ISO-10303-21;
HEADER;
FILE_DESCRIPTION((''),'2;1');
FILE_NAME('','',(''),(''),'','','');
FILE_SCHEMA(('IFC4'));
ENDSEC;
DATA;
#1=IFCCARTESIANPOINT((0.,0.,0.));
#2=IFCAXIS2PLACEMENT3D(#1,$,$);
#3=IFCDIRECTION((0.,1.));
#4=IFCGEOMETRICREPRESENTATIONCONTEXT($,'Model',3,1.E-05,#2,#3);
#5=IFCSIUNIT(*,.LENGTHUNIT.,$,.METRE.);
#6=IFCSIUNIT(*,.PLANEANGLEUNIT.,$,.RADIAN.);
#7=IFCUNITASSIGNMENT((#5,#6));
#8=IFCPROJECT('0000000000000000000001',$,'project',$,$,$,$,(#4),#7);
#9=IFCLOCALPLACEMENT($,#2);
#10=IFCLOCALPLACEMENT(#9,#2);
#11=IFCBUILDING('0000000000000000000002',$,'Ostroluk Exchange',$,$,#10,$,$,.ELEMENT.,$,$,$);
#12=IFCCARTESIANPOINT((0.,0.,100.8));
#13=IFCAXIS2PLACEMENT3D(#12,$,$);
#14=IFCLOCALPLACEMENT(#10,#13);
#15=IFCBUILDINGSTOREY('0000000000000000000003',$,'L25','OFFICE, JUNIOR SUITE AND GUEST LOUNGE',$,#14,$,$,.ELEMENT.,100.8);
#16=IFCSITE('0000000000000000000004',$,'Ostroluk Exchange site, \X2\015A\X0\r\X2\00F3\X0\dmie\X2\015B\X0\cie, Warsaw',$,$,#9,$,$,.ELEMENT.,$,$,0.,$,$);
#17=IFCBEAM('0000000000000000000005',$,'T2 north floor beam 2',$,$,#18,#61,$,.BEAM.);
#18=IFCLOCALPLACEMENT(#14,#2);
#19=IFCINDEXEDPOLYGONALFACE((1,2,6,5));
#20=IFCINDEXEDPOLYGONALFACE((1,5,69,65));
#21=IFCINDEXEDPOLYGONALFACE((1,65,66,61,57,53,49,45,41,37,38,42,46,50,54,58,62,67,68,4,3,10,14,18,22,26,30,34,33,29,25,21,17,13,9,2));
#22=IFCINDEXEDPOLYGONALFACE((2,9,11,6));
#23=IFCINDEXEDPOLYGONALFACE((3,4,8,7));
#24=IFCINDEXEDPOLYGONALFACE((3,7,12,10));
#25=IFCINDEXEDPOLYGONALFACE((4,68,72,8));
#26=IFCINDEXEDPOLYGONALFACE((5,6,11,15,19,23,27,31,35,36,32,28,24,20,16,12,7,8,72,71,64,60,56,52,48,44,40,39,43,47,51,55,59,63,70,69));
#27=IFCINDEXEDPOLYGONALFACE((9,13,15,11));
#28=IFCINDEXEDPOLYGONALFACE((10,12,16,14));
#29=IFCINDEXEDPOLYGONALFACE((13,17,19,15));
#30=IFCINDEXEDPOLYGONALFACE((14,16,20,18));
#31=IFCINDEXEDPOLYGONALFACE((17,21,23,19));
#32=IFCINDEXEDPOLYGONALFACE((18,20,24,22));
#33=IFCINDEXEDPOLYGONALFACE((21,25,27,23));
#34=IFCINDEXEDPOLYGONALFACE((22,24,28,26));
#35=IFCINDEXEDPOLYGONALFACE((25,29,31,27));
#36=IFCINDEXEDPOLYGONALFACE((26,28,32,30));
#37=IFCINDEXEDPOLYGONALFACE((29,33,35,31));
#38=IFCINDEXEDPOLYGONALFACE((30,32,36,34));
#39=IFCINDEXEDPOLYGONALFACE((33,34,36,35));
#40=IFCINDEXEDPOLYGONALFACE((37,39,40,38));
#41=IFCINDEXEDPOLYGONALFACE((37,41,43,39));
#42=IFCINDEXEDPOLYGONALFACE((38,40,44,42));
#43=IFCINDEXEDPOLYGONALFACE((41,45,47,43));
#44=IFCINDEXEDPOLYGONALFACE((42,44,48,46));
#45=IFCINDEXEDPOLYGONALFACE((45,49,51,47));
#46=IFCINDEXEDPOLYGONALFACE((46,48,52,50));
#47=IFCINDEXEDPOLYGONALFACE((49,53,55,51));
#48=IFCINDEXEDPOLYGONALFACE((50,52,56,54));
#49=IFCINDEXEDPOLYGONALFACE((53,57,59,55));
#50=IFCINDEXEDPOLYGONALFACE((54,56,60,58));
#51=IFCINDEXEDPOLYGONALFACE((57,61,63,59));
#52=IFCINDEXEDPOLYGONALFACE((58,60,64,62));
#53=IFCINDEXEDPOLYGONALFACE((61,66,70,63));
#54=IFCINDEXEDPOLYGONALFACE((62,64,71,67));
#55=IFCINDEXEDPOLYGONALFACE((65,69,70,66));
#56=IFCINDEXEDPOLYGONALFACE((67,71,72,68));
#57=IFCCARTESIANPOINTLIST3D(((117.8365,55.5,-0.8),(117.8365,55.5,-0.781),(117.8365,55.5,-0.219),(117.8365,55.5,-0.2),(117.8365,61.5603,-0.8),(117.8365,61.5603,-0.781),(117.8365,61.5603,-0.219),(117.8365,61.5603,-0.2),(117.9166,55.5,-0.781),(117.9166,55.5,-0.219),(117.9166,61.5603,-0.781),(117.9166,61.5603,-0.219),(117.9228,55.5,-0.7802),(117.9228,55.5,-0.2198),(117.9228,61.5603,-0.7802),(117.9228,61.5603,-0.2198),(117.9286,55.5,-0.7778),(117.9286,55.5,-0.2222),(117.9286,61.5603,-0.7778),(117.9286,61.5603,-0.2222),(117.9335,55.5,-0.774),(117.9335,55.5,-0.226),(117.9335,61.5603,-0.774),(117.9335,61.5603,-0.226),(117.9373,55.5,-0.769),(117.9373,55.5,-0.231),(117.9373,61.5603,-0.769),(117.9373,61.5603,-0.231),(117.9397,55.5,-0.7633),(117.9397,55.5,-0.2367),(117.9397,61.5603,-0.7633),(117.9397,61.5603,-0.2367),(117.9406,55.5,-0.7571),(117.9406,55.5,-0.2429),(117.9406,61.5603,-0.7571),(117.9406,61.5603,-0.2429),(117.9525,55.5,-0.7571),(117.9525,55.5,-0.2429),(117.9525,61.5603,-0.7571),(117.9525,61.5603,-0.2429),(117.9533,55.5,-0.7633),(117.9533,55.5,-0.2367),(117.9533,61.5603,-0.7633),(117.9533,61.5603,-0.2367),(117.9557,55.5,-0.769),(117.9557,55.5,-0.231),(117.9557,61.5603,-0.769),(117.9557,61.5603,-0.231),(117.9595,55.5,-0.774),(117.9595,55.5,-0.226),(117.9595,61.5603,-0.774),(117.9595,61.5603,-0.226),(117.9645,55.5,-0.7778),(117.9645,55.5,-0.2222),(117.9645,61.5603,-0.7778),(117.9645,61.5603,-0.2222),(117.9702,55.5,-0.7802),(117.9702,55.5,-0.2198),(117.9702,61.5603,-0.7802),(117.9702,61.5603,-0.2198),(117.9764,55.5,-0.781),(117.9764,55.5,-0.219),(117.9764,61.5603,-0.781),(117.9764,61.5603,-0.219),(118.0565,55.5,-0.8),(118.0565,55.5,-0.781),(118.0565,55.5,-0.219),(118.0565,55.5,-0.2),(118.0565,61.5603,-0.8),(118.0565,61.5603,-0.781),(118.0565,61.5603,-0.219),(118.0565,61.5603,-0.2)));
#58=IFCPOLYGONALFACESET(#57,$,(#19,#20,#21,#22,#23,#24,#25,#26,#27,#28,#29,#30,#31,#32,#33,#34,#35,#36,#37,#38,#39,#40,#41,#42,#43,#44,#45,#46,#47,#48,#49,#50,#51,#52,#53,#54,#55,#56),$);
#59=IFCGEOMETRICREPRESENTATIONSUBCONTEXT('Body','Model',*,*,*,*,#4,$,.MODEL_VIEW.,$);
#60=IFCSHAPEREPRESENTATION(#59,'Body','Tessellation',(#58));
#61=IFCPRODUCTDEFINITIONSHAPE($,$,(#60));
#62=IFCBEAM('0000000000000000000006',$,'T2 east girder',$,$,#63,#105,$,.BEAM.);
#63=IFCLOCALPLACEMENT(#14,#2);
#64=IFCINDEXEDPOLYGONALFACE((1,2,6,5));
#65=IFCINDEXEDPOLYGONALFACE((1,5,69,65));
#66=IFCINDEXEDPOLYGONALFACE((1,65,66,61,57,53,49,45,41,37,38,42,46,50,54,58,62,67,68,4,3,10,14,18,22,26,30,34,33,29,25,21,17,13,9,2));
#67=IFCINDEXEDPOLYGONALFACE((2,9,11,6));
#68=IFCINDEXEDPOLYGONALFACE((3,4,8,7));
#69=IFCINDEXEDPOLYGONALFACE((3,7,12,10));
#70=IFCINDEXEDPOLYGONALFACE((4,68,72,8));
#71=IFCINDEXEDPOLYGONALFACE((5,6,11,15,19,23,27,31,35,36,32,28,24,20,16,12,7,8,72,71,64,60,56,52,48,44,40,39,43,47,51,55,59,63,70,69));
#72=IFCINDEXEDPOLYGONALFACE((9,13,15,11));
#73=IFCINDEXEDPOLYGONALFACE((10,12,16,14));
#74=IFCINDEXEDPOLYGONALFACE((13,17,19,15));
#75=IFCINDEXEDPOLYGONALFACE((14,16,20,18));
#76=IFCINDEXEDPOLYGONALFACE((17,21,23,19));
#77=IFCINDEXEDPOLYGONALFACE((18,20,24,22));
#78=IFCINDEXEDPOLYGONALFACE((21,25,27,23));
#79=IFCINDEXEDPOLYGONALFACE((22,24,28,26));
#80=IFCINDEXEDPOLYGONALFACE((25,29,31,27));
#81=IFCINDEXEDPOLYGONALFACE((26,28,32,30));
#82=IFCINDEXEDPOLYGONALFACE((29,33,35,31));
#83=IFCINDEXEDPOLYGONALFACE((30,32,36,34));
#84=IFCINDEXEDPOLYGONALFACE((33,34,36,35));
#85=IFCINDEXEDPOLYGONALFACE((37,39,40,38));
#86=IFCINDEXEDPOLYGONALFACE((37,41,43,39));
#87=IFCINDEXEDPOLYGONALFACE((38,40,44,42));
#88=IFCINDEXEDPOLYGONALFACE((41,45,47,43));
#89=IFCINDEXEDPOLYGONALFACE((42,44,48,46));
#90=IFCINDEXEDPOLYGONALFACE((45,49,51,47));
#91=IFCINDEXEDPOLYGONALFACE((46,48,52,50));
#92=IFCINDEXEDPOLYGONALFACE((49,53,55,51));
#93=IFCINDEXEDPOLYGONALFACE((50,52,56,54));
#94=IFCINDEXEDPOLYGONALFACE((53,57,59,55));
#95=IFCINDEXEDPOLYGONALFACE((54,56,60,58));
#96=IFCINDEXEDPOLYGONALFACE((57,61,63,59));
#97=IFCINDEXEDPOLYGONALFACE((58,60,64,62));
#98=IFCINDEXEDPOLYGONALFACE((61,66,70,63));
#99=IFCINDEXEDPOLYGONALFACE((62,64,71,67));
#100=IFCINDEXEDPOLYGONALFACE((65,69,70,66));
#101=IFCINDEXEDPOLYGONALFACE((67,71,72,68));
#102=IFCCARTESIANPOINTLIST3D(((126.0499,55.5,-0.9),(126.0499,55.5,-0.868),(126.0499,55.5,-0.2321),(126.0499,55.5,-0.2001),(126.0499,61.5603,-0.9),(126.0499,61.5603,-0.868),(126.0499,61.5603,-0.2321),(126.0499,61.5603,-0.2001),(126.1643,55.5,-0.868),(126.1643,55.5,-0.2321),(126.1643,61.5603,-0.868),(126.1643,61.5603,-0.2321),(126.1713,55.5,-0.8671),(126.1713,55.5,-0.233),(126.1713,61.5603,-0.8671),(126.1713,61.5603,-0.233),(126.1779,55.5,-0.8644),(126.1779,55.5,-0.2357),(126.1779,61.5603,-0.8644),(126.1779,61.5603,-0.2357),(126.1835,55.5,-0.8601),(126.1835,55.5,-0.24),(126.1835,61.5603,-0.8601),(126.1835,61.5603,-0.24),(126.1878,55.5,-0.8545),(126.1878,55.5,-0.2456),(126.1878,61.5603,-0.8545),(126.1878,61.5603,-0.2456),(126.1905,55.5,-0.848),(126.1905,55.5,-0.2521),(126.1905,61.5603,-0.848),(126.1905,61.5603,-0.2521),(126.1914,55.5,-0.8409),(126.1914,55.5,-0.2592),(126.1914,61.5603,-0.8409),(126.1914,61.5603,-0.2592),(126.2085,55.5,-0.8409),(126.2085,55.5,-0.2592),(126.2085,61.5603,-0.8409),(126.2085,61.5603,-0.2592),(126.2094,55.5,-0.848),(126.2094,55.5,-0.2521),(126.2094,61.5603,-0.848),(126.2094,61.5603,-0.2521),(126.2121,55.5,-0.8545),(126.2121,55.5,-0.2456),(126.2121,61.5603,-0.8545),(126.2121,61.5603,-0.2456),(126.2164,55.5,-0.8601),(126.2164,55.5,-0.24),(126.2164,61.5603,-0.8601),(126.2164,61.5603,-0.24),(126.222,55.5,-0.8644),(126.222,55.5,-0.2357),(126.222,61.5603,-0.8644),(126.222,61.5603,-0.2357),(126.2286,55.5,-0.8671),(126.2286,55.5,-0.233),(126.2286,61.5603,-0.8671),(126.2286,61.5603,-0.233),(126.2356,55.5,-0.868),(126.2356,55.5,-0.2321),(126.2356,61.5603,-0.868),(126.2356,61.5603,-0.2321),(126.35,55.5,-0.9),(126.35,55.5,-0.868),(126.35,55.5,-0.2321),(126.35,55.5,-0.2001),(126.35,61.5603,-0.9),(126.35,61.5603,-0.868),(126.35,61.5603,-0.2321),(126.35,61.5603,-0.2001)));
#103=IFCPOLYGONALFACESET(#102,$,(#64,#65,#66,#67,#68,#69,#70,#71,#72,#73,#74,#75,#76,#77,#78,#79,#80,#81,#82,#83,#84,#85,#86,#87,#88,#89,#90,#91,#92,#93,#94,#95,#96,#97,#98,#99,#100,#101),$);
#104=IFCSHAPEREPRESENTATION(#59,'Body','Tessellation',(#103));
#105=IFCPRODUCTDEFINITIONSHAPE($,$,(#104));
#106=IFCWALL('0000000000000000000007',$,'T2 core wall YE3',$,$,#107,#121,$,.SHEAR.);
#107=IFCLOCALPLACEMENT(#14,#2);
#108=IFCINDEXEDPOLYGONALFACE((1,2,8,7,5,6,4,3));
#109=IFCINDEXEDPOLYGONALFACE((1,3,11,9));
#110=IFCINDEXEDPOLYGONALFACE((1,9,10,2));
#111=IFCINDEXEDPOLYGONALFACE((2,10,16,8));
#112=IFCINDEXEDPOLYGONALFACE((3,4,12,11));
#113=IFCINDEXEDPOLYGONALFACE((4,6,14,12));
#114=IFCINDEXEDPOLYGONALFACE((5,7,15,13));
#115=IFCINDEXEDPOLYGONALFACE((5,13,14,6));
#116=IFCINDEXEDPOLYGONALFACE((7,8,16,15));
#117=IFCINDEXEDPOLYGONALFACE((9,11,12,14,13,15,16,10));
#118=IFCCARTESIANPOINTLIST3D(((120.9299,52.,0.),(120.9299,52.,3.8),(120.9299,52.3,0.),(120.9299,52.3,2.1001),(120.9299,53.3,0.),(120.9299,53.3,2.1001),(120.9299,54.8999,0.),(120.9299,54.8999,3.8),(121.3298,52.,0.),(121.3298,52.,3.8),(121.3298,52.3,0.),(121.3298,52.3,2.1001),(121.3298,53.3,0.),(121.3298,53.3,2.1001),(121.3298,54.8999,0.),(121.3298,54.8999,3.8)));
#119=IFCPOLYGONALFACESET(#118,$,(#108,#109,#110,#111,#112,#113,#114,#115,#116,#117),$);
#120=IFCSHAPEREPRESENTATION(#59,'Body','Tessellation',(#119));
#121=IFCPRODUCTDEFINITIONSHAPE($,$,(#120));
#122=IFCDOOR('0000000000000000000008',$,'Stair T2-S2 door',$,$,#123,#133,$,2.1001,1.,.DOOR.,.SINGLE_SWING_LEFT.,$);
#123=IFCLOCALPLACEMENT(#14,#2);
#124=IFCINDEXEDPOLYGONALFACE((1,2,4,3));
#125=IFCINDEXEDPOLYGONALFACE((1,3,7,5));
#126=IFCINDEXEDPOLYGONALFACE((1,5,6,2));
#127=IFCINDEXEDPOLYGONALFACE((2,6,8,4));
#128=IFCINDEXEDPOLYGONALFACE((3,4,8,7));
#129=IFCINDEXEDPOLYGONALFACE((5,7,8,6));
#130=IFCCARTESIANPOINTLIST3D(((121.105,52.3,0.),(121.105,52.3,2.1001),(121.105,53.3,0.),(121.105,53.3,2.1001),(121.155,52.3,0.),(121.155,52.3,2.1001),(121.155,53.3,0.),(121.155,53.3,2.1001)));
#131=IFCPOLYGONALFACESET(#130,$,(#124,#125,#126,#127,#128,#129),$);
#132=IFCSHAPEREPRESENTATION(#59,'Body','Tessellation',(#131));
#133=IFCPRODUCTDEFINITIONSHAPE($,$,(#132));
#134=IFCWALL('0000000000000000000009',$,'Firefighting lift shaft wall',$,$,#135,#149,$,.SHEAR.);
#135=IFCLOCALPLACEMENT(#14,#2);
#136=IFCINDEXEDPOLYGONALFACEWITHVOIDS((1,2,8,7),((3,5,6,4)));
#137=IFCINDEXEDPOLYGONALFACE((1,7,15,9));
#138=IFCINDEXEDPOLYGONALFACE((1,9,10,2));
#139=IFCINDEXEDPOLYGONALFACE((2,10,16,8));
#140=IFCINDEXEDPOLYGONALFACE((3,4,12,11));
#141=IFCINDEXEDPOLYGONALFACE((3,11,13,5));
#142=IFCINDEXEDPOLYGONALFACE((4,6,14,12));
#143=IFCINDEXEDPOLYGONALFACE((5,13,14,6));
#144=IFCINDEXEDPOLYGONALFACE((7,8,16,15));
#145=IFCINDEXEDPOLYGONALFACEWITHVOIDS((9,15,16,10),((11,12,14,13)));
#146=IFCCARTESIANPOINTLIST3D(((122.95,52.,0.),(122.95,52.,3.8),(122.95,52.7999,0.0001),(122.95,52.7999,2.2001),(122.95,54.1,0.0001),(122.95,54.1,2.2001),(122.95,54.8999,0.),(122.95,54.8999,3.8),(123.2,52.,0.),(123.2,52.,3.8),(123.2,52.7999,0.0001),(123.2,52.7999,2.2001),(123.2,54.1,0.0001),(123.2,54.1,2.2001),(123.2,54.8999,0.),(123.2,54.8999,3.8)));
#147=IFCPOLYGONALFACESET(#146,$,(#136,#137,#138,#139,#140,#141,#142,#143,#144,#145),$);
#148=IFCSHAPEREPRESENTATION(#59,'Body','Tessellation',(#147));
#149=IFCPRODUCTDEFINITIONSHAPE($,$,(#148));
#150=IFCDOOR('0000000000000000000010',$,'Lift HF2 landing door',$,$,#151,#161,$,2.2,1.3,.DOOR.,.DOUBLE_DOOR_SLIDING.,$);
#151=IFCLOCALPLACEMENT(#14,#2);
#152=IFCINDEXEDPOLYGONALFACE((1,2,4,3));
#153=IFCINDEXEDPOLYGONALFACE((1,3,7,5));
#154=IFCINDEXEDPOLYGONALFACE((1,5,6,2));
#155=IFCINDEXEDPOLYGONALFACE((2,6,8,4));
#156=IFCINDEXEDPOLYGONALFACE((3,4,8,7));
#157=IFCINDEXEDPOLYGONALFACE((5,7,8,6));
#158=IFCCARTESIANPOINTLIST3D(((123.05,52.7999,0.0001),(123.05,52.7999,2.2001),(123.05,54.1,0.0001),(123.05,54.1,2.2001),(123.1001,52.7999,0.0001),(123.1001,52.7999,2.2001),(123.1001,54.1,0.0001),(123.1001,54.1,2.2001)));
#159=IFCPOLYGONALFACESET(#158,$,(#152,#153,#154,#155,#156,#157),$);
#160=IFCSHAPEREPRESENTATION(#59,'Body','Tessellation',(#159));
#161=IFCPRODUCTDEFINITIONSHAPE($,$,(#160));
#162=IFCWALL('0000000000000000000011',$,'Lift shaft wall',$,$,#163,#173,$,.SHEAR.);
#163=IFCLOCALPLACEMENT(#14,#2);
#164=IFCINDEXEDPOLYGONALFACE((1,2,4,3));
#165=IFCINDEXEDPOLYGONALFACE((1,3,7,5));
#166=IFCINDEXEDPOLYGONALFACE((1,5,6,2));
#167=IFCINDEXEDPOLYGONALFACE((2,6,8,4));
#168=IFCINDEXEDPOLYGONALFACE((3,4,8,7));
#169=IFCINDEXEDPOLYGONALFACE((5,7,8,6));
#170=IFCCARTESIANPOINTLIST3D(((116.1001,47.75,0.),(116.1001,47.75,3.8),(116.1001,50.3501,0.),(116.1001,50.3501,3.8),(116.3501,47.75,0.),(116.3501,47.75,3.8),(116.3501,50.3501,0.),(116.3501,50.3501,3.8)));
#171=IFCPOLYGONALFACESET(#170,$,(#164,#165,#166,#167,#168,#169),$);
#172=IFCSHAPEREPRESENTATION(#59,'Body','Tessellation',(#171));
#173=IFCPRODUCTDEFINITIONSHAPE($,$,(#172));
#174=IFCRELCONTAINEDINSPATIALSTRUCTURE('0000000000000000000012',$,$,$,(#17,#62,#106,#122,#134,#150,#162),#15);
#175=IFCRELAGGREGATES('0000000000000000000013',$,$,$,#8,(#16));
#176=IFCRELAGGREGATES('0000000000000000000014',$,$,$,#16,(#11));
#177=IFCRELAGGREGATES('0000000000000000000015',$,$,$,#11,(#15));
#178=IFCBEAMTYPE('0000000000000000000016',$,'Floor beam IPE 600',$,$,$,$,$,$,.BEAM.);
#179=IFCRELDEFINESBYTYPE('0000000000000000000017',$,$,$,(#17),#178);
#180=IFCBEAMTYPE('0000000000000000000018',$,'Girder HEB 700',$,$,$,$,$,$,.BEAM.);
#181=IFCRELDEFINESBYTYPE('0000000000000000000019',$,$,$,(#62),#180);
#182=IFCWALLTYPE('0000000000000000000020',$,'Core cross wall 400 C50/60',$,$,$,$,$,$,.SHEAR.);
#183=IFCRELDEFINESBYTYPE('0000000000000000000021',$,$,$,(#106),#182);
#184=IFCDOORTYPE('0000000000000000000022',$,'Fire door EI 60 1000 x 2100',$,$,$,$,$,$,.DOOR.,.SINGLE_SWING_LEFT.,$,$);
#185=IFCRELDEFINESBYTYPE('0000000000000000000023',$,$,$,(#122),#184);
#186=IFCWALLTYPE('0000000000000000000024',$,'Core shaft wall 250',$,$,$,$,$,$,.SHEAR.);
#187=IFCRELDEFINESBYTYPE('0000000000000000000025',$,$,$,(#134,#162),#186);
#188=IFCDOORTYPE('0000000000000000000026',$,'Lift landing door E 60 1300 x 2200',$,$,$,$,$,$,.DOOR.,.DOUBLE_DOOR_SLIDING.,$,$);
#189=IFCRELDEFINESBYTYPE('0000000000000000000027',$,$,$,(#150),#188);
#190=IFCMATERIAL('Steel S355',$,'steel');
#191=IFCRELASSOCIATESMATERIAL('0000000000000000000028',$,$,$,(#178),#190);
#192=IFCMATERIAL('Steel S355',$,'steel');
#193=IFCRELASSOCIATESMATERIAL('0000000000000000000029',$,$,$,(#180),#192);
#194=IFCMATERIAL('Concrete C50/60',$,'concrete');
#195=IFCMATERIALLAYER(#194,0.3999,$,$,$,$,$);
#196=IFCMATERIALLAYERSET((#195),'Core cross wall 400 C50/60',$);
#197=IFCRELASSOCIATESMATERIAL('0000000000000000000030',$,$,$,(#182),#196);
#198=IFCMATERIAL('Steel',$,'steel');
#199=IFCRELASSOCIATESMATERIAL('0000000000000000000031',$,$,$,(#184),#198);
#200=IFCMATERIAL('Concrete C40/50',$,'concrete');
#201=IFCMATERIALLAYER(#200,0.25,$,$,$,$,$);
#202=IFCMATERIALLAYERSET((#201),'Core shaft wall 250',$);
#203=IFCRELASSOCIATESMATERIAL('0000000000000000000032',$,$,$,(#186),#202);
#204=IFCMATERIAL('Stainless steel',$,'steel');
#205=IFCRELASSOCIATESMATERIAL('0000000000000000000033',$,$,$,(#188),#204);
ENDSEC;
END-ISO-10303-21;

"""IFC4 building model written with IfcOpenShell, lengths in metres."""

from ifc_helpers import new_model, si_unit, direction, frame, frame_2d, origin, origin_2d, place, context, subcontext, project, spatial, rectangle, i_section, extrude, material, layer, layer_set, material_profile, profile_set, type_object, element, fill, save


model = new_model("IFC4")

# Units and contexts
model_context = context("Model", 3, precision=1e-05, world=origin(), true_north=direction((0.0, 1.0)))
body_context = subcontext(model_context, "Body", "Model", "MODEL_VIEW")
ifc_project = project(units=[si_unit("LENGTHUNIT", "METRE"), si_unit("PLANEANGLEUNIT", "RADIAN")], contexts=[model_context])

# Site, building, storey
site_placement = place(None, origin())
site = spatial("IfcSite", under=ifc_project, at=site_placement, Name="Ostroluk Exchange site, Śródmieście, Warsaw", CompositionType="ELEMENT", RefElevation=0.0)
building_placement = place(site_placement, origin())
building = spatial("IfcBuilding", under=site, at=building_placement, Name="Ostroluk Exchange", CompositionType="ELEMENT")
storey_placement = place(building_placement, frame((0.0, 0.0, 100.8)))
storey = spatial("IfcBuildingStorey", under=building, at=storey_placement, Name="L25", Description="OFFICE, JUNIOR SUITE AND GUEST LOUNGE", CompositionType="ELEMENT", Elevation=100.8)

# Beams
ifc_material_1 = material(Name="Steel S355", Category="steel")
ifc_material_profile_1 = material_profile(ifc_material_1, i_section(OverallWidth=0.22, OverallDepth=0.6001, WebThickness=0.012, FlangeThickness=0.019, FilletRadius=0.0239, at=origin_2d()), Name="IPE 600")
ifc_profile_set_1 = profile_set([ifc_material_profile_1], Name="Steel S355")
beam_type_1 = type_object("IfcBeamType", Name="Floor beam IPE 600", PredefinedType="BEAM", material=ifc_profile_set_1)
for number, where, z_axis, x_axis, name in (
    (1, (117.9465, 55.5, -0.5), (0.0, 1.0, 0.0), (-1.0, 0.0, 0.0), "T2 north floor beam 2"),
):
    element("IfcBeam", number, at=place(storey_placement, frame(where, z_axis=z_axis, x_axis=x_axis)), inside=storey, type_object=beam_type_1, Name=name, PredefinedType="BEAM", context=body_context, shape_type="SweptSolid", body=[
        extrude(i_section(OverallWidth=0.22, OverallDepth=0.6001, WebThickness=0.012, FlangeThickness=0.019, FilletRadius=0.0239, at=origin_2d()), origin(), (0.0, 0.0, 1.0), 6.0603),
    ])
ifc_material_2 = material(Name="Steel S355", Category="steel")
ifc_material_profile_2 = material_profile(ifc_material_2, i_section(OverallWidth=0.3, OverallDepth=0.7, WebThickness=0.0171, FlangeThickness=0.032, FilletRadius=0.0271, at=origin_2d()), Name="HEB 700")
ifc_profile_set_2 = profile_set([ifc_material_profile_2], Name="Steel S355")
beam_type_2 = type_object("IfcBeamType", Name="Girder HEB 700", PredefinedType="BEAM", material=ifc_profile_set_2)
beam_1_placement = place(storey_placement, frame((126.2, 55.5, -0.55), z_axis=(0.0, 1.0, 0.0), x_axis=(-1.0, 0.0, 0.0)))
element("IfcBeam", 2, at=beam_1_placement, inside=storey, type_object=beam_type_2, Name="T2 east girder", PredefinedType="BEAM", context=body_context, shape_type="SweptSolid", body=[
    extrude(i_section(OverallWidth=0.3, OverallDepth=0.7, WebThickness=0.0171, FlangeThickness=0.032, FilletRadius=0.0271, at=origin_2d()), origin(), (0.0, 0.0, 1.0), 6.0603),
])

# Walls, openings, doors
ifc_material_3 = material(Name="Concrete C50/60", Category="concrete")
ifc_layer_1 = layer(ifc_material_3, 0.3999)
ifc_layer_set_1 = layer_set([ifc_layer_1], Name="Core cross wall 400 C50/60")
wall_type_1 = type_object("IfcWallType", Name="Core cross wall 400 C50/60", PredefinedType="SHEAR", material=ifc_layer_set_1)
wall_1_placement = place(storey_placement, frame((121.1299, 52.0, 0.0), z_axis=(0.0, 0.0, 1.0), x_axis=(0.0, 1.0, 0.0)))
wall_1 = element("IfcWall", 3, at=wall_1_placement, inside=storey, type_object=wall_type_1, Name="T2 core wall YE3", PredefinedType="SHEAR", context=body_context, shape_type="SweptSolid", body=[
    extrude(rectangle(XDim=2.8999, YDim=0.3999, at=frame_2d((1.45, 0.0))), origin(), (0.0, 0.0, 1.0), 3.8),
])
opening_1_placement = place(wall_1_placement, frame((0.3, 0.0, 0.0)))
opening_1 = element("IfcOpeningElement", 4, at=opening_1_placement, cuts=wall_1, PredefinedType="OPENING", context=body_context, shape_type="SweptSolid", body=[
    extrude(rectangle(XDim=1.0, YDim=2.1001, at=frame_2d((0.5, 1.05))), frame((0.0, 0.21, 0.0), z_axis=(0.0, -1.0, 0.0), x_axis=(1.0, 0.0, 0.0)), (0.0, 0.0, 1.0), 0.4199),
])
ifc_material_4 = material(Name="Steel", Category="steel")
door_type_1 = type_object("IfcDoorType", Name="Fire door EI 60 1000 x 2100", OperationType="SINGLE_SWING_LEFT", PredefinedType="DOOR", material=ifc_material_4)
door_1_placement = place(opening_1_placement, origin())
door_1 = element("IfcDoor", 5, at=door_1_placement, inside=storey, type_object=door_type_1, Name="Stair T2-S2 door", OperationType="SINGLE_SWING_LEFT", OverallHeight=2.1001, OverallWidth=1.0, PredefinedType="DOOR", context=body_context, shape_type="SweptSolid", body=[
    extrude(rectangle(XDim=1.0, YDim=2.1001, at=frame_2d((0.5, 1.05))), frame((0.0, 0.0249, 0.0), z_axis=(0.0, -1.0, 0.0), x_axis=(1.0, 0.0, 0.0)), (0.0, 0.0, 1.0), 0.05),
])
fill(opening_1, door_1)
ifc_material_5 = material(Name="Concrete C40/50", Category="concrete")
ifc_layer_2 = layer(ifc_material_5, 0.25)
ifc_layer_set_2 = layer_set([ifc_layer_2], Name="Core shaft wall 250")
wall_type_2 = type_object("IfcWallType", Name="Core shaft wall 250", PredefinedType="SHEAR", material=ifc_layer_set_2)
wall_2_placement = place(storey_placement, frame((123.075, 52.0, 0.0), z_axis=(0.0, 0.0, 1.0), x_axis=(0.0, 1.0, 0.0)))
wall_2 = element("IfcWall", 6, at=wall_2_placement, inside=storey, type_object=wall_type_2, Name="Firefighting lift shaft wall", PredefinedType="SHEAR", context=body_context, shape_type="SweptSolid", body=[
    extrude(rectangle(XDim=2.8999, YDim=0.25, at=frame_2d((1.45, 0.0))), origin(), (0.0, 0.0, 1.0), 3.8),
])
opening_2_placement = place(wall_2_placement, frame((0.8, 0.0, 0.0)))
opening_2 = element("IfcOpeningElement", 7, at=opening_2_placement, cuts=wall_2, PredefinedType="OPENING", context=body_context, shape_type="SweptSolid", body=[
    extrude(rectangle(XDim=1.3, YDim=2.2, at=frame_2d((0.6499, 1.1001))), frame((0.0, 0.135, 0.0), z_axis=(0.0, -1.0, 0.0), x_axis=(1.0, 0.0, 0.0)), (0.0, 0.0, 1.0), 0.27),
])
ifc_material_6 = material(Name="Stainless steel", Category="steel")
door_type_2 = type_object("IfcDoorType", Name="Lift landing door E 60 1300 x 2200", OperationType="DOUBLE_DOOR_SLIDING", PredefinedType="DOOR", material=ifc_material_6)
door_2_placement = place(opening_2_placement, origin())
door_2 = element("IfcDoor", 8, at=door_2_placement, inside=storey, type_object=door_type_2, Name="Lift HF2 landing door", OperationType="DOUBLE_DOOR_SLIDING", OverallHeight=2.2, OverallWidth=1.3, PredefinedType="DOOR", context=body_context, shape_type="SweptSolid", body=[
    extrude(rectangle(XDim=1.3, YDim=2.2, at=frame_2d((0.6499, 1.1001))), frame((0.0, 0.0249, 0.0), z_axis=(0.0, -1.0, 0.0), x_axis=(1.0, 0.0, 0.0)), (0.0, 0.0, 1.0), 0.05),
])
fill(opening_2, door_2)

# Wall
for number, where, z_axis, x_axis, name in (
    (9, (116.2251, 47.75, 0.0), (0.0, 0.0, 1.0), (0.0, 1.0, 0.0), "Lift shaft wall"),
):
    element("IfcWall", number, at=place(storey_placement, frame(where, z_axis=z_axis, x_axis=x_axis)), inside=storey, type_object=wall_type_2, Name=name, PredefinedType="SHEAR", context=body_context, shape_type="SweptSolid", body=[
        extrude(rectangle(XDim=2.6001, YDim=0.25, at=frame_2d((1.3, 0.0))), origin(), (0.0, 0.0, 1.0), 3.8),
    ])

save(model, "model.ifc")
